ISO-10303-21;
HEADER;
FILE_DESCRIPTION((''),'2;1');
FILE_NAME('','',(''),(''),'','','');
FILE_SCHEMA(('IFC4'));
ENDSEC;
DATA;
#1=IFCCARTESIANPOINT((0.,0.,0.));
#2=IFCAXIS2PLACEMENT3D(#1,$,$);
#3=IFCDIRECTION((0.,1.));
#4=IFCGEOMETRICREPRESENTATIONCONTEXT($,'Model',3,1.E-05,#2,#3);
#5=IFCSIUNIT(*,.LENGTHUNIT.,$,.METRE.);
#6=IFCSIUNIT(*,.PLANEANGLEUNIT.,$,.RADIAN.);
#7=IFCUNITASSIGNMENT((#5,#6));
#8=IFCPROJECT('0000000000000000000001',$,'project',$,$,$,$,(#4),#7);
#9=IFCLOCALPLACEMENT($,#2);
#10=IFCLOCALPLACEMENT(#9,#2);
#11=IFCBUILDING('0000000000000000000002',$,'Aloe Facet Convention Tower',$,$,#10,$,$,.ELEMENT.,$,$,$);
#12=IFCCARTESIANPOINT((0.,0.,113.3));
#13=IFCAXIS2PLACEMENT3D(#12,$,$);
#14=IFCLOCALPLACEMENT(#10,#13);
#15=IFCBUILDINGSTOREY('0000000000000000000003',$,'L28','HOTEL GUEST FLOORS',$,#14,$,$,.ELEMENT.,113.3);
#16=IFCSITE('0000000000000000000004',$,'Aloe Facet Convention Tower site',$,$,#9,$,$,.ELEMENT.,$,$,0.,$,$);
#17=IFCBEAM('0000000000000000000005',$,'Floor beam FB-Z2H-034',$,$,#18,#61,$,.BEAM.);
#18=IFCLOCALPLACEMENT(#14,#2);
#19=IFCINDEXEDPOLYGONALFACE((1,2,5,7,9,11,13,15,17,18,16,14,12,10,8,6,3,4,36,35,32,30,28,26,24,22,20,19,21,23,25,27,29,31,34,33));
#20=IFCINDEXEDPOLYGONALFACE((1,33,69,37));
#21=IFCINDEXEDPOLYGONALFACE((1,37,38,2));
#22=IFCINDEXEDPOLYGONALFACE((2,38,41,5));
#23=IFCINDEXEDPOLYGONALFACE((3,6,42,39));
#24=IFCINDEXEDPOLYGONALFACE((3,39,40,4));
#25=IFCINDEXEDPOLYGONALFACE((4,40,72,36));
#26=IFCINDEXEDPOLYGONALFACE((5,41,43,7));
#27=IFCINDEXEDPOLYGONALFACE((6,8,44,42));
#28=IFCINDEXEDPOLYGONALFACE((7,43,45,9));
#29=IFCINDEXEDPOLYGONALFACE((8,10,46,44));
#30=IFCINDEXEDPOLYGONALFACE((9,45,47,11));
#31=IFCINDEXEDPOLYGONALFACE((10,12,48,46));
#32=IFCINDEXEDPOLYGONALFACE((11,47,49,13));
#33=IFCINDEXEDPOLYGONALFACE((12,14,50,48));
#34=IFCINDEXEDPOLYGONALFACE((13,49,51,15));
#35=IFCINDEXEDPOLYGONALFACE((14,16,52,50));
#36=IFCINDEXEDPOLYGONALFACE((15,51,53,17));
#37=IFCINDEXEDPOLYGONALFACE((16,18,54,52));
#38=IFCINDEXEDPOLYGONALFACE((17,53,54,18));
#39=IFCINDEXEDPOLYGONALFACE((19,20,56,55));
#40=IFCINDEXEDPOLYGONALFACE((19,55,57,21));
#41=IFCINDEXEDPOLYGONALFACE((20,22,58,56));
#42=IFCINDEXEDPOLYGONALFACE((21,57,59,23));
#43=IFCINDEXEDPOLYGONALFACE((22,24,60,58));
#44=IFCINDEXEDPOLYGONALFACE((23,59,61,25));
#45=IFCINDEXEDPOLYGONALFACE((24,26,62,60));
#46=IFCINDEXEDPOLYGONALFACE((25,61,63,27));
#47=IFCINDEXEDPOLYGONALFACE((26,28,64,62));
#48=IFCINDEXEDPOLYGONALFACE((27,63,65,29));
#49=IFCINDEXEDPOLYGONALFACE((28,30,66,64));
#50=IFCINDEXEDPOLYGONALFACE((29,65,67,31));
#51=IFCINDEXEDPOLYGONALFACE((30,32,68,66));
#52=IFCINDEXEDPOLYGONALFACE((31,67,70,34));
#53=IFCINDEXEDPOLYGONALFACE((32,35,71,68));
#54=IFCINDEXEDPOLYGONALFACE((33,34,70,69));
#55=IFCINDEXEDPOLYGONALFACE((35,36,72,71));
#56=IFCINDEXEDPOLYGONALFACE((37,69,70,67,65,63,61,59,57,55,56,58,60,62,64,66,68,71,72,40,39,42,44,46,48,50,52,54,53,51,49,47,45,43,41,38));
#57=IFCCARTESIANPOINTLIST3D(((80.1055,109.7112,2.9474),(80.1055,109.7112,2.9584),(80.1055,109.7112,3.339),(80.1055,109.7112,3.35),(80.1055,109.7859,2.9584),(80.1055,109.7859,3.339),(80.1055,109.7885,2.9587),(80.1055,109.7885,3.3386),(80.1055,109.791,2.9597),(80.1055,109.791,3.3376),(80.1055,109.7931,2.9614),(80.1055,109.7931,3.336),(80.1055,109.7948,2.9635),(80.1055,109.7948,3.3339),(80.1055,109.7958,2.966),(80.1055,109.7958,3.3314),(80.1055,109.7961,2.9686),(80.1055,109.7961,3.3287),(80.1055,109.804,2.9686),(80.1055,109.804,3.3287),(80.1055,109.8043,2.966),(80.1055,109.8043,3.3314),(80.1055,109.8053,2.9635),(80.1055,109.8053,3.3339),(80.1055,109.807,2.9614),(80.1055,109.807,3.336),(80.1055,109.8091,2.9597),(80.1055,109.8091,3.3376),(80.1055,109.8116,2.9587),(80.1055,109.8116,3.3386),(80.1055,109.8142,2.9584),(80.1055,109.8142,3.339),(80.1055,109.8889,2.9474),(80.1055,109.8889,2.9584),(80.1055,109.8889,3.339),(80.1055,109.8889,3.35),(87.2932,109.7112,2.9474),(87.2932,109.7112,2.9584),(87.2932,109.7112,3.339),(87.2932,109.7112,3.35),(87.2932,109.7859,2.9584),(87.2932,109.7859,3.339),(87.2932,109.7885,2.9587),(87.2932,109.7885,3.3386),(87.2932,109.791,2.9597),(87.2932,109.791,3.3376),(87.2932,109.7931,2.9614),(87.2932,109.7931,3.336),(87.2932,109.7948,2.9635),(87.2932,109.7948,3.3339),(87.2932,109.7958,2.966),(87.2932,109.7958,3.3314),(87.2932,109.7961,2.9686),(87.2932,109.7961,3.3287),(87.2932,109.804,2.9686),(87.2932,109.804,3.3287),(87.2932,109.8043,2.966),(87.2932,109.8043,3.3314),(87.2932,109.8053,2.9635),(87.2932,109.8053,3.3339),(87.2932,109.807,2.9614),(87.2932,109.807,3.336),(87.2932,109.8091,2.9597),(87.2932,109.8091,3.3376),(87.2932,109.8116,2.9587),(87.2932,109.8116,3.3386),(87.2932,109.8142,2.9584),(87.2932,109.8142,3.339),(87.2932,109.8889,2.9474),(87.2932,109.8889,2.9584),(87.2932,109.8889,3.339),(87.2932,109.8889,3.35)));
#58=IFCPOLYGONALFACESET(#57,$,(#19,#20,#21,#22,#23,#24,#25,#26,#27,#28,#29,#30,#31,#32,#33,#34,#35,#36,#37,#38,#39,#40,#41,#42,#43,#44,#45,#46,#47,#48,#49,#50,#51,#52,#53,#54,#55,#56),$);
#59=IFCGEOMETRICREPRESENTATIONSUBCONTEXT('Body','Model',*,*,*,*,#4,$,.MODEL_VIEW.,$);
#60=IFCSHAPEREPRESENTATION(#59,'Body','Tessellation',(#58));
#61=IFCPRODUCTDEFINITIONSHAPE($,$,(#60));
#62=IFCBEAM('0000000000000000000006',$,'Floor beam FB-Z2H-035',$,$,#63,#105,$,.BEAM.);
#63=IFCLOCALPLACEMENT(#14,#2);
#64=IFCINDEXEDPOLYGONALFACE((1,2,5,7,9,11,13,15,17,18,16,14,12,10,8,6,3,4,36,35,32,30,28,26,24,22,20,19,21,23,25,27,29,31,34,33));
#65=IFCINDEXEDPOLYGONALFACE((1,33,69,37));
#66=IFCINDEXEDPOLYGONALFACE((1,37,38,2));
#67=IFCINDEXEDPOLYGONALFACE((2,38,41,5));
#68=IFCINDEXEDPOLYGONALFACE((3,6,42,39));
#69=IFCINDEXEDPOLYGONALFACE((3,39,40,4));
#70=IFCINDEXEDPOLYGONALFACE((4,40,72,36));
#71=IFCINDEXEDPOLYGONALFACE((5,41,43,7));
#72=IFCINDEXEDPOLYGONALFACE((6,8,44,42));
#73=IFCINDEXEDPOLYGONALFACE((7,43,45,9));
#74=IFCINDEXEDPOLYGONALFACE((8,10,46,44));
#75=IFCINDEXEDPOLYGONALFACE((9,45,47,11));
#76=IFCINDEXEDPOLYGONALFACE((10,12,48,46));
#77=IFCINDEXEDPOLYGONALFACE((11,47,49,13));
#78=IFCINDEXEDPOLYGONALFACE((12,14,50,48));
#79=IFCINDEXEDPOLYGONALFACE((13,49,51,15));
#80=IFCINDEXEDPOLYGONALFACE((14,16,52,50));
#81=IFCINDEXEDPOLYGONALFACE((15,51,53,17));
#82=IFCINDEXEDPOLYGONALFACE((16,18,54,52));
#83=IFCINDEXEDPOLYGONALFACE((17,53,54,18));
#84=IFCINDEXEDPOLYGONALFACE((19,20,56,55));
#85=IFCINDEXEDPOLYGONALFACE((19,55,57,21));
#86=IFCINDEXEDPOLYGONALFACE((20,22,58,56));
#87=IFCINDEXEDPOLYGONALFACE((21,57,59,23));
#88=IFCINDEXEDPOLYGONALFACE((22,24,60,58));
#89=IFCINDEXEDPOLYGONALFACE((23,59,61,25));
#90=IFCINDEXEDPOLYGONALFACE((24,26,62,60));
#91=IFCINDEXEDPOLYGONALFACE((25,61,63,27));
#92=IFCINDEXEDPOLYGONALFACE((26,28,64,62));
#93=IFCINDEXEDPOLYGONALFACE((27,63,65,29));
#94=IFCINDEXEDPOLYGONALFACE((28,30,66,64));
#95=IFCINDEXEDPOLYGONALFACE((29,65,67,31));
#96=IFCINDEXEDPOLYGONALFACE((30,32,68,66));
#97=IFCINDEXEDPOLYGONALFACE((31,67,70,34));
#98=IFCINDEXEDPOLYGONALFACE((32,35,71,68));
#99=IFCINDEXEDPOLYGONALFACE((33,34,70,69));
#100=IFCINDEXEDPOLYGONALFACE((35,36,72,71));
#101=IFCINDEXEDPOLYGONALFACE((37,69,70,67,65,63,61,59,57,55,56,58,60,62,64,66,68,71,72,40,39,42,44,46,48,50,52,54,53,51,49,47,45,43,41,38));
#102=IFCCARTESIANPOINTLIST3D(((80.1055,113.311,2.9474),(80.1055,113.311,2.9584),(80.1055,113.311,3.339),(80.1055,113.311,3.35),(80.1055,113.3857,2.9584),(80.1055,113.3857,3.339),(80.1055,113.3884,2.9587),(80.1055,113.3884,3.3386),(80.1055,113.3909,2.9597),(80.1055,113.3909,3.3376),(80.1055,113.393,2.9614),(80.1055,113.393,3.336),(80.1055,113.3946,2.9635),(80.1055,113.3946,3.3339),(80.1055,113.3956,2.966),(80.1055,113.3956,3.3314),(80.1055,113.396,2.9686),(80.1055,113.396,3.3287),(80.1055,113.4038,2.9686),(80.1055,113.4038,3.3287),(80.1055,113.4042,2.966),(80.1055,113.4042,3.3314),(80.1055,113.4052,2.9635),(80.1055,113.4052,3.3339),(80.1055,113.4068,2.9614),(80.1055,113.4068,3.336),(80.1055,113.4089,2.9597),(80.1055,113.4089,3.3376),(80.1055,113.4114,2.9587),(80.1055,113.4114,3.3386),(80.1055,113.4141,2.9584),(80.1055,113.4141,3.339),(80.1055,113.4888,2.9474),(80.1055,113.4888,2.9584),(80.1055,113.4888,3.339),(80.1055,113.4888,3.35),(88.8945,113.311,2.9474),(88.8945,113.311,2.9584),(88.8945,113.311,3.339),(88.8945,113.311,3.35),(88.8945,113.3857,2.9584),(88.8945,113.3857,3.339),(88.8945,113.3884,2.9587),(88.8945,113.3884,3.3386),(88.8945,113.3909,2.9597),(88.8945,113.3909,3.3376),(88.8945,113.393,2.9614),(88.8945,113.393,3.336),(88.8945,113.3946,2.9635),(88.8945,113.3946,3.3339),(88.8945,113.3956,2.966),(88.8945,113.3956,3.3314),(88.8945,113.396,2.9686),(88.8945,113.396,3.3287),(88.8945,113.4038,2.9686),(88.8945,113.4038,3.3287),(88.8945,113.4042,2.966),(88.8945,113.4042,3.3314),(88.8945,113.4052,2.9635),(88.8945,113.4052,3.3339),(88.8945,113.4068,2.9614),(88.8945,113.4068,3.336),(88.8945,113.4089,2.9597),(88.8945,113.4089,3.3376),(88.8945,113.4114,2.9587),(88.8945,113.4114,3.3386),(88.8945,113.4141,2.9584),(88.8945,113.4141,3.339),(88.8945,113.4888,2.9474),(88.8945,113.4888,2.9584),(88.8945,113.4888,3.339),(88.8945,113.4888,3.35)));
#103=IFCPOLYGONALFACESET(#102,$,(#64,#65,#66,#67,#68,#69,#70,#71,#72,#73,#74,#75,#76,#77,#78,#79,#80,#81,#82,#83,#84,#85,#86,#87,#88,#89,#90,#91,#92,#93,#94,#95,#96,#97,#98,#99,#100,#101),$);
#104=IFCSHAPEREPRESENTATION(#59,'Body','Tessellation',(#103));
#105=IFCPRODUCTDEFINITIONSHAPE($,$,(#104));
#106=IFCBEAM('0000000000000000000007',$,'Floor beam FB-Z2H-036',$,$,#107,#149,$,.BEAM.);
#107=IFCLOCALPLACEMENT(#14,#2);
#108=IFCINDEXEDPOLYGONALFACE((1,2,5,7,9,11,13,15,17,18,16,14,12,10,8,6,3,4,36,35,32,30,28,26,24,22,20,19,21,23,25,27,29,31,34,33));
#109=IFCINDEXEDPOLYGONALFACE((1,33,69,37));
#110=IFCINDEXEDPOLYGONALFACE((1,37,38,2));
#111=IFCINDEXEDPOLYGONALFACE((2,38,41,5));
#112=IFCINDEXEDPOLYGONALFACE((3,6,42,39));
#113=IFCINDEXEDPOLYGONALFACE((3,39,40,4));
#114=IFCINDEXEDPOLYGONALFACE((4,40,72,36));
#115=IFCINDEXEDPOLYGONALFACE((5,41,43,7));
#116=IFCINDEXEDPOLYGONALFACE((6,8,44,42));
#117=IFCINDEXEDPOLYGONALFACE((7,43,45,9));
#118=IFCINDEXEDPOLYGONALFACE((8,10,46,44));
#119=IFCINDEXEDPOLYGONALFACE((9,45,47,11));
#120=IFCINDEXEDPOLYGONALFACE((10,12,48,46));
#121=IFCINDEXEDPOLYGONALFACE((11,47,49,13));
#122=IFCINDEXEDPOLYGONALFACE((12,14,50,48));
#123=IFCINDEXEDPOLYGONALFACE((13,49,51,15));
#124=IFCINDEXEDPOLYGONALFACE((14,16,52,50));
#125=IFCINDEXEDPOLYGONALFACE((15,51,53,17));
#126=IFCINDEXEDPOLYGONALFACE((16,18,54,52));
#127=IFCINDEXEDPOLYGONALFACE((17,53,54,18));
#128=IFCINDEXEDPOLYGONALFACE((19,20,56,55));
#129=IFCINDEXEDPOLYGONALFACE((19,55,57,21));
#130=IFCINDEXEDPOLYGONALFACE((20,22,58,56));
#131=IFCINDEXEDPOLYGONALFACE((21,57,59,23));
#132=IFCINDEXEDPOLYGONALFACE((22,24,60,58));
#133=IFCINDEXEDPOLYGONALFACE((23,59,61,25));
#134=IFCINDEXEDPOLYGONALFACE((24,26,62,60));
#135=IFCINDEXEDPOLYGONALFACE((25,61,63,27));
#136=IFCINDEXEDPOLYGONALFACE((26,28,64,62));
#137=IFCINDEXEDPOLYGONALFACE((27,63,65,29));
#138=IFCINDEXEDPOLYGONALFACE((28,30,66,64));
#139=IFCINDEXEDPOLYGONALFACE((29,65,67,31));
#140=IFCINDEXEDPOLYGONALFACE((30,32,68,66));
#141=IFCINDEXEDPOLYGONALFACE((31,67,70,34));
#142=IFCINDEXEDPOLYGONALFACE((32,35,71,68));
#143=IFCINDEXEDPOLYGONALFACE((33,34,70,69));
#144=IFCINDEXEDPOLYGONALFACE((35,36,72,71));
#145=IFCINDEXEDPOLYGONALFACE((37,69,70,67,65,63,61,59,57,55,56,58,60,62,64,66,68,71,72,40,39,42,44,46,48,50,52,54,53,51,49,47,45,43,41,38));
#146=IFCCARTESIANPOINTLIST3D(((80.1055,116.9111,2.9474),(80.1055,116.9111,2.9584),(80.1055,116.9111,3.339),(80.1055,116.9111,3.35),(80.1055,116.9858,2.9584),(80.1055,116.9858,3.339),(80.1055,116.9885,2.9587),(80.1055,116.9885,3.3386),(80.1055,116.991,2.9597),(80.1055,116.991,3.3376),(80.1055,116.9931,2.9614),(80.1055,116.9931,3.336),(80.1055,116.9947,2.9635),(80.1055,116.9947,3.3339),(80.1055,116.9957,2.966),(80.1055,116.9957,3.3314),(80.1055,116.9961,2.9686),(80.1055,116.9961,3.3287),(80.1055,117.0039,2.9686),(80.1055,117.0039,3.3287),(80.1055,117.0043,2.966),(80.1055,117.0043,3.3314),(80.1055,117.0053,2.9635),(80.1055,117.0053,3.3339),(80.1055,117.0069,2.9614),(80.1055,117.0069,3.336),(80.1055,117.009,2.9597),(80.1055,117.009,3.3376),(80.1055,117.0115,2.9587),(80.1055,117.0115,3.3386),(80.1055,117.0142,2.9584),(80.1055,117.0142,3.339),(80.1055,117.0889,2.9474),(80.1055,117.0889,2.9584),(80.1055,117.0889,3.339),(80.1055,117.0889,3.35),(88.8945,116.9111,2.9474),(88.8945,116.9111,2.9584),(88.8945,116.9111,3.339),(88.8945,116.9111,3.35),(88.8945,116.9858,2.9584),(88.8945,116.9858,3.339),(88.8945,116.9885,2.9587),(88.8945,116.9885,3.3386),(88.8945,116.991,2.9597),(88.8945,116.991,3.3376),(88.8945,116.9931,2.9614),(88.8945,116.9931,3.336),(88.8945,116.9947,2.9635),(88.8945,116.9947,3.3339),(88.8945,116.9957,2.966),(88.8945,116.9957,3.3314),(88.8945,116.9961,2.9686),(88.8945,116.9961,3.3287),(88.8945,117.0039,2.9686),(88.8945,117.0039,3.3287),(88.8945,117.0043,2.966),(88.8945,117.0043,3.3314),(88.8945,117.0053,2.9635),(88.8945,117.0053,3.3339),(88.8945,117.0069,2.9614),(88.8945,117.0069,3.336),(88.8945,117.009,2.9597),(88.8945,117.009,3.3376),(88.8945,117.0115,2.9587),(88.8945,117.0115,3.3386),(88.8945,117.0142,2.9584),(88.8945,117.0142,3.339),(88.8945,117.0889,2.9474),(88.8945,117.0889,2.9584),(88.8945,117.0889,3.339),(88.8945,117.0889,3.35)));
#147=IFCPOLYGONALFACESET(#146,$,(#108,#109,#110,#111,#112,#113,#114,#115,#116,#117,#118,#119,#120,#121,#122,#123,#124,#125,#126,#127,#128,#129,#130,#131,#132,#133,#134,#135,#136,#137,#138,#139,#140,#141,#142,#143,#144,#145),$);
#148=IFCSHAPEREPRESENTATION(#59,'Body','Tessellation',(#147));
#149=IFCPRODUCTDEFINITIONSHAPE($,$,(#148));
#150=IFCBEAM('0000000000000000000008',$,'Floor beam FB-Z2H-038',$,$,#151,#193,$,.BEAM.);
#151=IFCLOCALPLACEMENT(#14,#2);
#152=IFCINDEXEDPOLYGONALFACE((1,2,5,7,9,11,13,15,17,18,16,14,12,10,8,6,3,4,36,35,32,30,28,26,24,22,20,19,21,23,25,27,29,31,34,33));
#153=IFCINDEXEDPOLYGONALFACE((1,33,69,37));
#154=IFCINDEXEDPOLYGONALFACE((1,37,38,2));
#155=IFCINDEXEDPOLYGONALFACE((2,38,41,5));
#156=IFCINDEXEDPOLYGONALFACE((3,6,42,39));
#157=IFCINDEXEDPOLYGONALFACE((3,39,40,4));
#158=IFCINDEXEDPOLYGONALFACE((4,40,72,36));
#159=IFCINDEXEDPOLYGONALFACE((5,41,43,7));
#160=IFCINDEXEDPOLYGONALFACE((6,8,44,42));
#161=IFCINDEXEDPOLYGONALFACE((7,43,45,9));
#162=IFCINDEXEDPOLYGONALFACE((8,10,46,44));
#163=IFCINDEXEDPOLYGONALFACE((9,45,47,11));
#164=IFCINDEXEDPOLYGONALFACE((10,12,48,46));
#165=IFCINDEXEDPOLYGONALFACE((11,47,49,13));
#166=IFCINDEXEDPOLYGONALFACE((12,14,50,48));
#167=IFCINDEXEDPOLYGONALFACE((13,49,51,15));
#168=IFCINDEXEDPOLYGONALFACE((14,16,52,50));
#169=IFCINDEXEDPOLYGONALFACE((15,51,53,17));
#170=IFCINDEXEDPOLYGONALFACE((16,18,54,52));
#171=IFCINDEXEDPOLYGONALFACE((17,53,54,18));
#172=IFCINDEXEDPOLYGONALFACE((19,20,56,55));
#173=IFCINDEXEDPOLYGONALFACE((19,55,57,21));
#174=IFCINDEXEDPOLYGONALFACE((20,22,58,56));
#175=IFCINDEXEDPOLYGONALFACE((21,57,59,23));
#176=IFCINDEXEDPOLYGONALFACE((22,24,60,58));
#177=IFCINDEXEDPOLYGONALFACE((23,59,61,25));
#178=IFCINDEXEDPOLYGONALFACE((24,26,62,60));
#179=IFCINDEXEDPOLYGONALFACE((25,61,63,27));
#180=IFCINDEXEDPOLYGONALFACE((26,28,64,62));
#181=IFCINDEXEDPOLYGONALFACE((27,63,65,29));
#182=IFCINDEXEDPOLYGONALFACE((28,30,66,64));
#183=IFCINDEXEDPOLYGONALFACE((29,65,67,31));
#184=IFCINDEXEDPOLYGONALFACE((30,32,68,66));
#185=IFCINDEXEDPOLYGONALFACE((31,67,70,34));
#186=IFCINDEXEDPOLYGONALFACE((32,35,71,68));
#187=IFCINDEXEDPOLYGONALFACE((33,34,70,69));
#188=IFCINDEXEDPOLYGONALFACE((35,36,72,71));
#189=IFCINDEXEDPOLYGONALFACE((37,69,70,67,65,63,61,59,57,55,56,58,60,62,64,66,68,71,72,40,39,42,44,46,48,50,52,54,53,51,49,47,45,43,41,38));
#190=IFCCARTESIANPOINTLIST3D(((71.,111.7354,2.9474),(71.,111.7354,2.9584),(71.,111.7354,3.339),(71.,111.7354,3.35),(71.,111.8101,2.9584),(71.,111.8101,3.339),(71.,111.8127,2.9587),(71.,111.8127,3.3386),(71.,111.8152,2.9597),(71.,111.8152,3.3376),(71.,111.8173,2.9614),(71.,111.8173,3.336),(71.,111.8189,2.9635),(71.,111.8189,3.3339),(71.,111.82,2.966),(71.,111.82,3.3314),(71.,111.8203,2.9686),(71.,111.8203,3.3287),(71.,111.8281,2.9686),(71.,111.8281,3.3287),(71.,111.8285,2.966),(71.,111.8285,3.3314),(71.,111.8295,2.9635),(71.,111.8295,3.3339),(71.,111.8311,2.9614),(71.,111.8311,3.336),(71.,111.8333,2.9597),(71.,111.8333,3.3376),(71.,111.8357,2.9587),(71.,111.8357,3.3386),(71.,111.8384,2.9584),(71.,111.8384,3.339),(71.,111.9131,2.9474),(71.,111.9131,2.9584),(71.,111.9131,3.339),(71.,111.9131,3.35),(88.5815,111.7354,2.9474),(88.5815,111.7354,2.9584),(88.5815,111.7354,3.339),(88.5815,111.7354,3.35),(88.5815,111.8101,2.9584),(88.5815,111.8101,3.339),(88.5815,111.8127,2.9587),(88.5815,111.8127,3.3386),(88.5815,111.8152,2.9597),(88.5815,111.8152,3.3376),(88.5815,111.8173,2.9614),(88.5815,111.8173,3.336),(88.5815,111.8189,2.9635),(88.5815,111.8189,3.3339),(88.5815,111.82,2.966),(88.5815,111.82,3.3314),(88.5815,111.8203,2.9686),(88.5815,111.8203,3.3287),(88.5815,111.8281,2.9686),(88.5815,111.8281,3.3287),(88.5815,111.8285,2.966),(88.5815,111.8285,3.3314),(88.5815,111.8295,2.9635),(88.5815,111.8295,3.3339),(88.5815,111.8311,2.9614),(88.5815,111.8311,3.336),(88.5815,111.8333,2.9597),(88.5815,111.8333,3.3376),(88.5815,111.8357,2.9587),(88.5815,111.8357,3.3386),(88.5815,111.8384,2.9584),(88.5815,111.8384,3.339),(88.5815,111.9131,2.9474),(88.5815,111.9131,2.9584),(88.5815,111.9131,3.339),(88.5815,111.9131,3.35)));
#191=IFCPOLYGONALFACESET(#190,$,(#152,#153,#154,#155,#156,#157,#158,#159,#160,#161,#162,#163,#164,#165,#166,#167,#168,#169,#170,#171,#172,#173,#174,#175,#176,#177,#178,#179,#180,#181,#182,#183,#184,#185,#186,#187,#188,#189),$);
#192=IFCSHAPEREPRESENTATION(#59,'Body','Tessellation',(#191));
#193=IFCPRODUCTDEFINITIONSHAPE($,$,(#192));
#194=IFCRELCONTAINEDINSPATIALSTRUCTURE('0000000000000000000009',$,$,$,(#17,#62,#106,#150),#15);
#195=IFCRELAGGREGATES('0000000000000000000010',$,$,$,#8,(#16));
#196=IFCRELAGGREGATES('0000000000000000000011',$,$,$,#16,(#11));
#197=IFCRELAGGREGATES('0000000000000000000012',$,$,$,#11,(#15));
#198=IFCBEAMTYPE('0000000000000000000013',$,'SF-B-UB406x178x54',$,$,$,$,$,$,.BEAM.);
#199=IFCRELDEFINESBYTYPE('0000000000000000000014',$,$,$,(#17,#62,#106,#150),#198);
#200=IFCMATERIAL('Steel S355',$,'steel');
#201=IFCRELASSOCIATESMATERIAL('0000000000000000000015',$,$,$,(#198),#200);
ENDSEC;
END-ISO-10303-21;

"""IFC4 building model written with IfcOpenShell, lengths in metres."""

from ifc_helpers import new_model, si_unit, direction, frame, origin, origin_2d, place, context, subcontext, project, spatial, i_section, extrude, material, material_profile, profile_set, type_object, element, save


model = new_model("IFC4")

# Units and contexts
model_context = context("Model", 3, precision=1e-05, world=origin(), true_north=direction((0.0, 1.0)))
body_context = subcontext(model_context, "Body", "Model", "MODEL_VIEW")
ifc_project = project(units=[si_unit("LENGTHUNIT", "METRE"), si_unit("PLANEANGLEUNIT", "RADIAN")], contexts=[model_context])

# Site, building, storey
site_placement = place(None, origin())
site = spatial("IfcSite", under=ifc_project, at=site_placement, Name="Aloe Facet Convention Tower site", CompositionType="ELEMENT", RefElevation=0.0)
building_placement = place(site_placement, origin())
building = spatial("IfcBuilding", under=site, at=building_placement, Name="Aloe Facet Convention Tower", CompositionType="ELEMENT")
storey_placement = place(building_placement, frame((0.0, 0.0, 113.3)))
storey = spatial("IfcBuildingStorey", under=building, at=storey_placement, Name="L28", Description="HOTEL GUEST FLOORS", CompositionType="ELEMENT", Elevation=113.3)

# Beams
ifc_material_1 = material(Name="Steel S355", Category="steel")
ifc_material_profile_1 = material_profile(ifc_material_1, i_section(OverallWidth=0.1777, OverallDepth=0.4026, WebThickness=0.0078, FlangeThickness=0.011, FilletRadius=0.0103, at=origin_2d()), Name="UB 406x178x54")
ifc_profile_set_1 = profile_set([ifc_material_profile_1], Name="Steel S355")
beam_type_1 = type_object("IfcBeamType", Name="SF-B-UB406x178x54", PredefinedType="BEAM", material=ifc_profile_set_1)
beam_1_placement = place(storey_placement, frame((80.1055, 109.8, 3.1487), z_axis=(1.0, 0.0, 0.0), x_axis=(0.0, 1.0, 0.0)))
element("IfcBeam", 1, at=beam_1_placement, inside=storey, type_object=beam_type_1, Name="Floor beam FB-Z2H-034", PredefinedType="BEAM", context=body_context, shape_type="SweptSolid", body=[
    extrude(i_section(OverallWidth=0.1777, OverallDepth=0.4026, WebThickness=0.0078, FlangeThickness=0.011, FilletRadius=0.0103, at=origin_2d()), origin(), (0.0, 0.0, 1.0), 7.1877),
])
for number, where, z_axis, x_axis, name in (
    (2, (80.1055, 113.3999, 3.1487), (1.0, 0.0, 0.0), (0.0, 1.0, 0.0), "Floor beam FB-Z2H-035"),
    (3, (80.1055, 117.0, 3.1487), (1.0, 0.0, 0.0), (0.0, 1.0, 0.0), "Floor beam FB-Z2H-036"),
):
    element("IfcBeam", number, at=place(storey_placement, frame(where, z_axis=z_axis, x_axis=x_axis)), inside=storey, type_object=beam_type_1, Name=name, PredefinedType="BEAM", context=body_context, shape_type="SweptSolid", body=[
        extrude(i_section(OverallWidth=0.1777, OverallDepth=0.4026, WebThickness=0.0078, FlangeThickness=0.011, FilletRadius=0.0103, at=origin_2d()), origin(), (0.0, 0.0, 1.0), 8.7891),
    ])
beam_2_placement = place(storey_placement, frame((88.5815, 111.8242, 3.1487), z_axis=(-1.0, 0.0, 0.0), x_axis=(0.0, -1.0, 0.0)))
element("IfcBeam", 4, at=beam_2_placement, inside=storey, type_object=beam_type_1, Name="Floor beam FB-Z2H-038", PredefinedType="BEAM", context=body_context, shape_type="SweptSolid", body=[
    extrude(i_section(OverallWidth=0.1777, OverallDepth=0.4026, WebThickness=0.0078, FlangeThickness=0.011, FilletRadius=0.0103, at=origin_2d()), origin(), (0.0, 0.0, 1.0), 17.5815),
])

save(model, "model.ifc")
